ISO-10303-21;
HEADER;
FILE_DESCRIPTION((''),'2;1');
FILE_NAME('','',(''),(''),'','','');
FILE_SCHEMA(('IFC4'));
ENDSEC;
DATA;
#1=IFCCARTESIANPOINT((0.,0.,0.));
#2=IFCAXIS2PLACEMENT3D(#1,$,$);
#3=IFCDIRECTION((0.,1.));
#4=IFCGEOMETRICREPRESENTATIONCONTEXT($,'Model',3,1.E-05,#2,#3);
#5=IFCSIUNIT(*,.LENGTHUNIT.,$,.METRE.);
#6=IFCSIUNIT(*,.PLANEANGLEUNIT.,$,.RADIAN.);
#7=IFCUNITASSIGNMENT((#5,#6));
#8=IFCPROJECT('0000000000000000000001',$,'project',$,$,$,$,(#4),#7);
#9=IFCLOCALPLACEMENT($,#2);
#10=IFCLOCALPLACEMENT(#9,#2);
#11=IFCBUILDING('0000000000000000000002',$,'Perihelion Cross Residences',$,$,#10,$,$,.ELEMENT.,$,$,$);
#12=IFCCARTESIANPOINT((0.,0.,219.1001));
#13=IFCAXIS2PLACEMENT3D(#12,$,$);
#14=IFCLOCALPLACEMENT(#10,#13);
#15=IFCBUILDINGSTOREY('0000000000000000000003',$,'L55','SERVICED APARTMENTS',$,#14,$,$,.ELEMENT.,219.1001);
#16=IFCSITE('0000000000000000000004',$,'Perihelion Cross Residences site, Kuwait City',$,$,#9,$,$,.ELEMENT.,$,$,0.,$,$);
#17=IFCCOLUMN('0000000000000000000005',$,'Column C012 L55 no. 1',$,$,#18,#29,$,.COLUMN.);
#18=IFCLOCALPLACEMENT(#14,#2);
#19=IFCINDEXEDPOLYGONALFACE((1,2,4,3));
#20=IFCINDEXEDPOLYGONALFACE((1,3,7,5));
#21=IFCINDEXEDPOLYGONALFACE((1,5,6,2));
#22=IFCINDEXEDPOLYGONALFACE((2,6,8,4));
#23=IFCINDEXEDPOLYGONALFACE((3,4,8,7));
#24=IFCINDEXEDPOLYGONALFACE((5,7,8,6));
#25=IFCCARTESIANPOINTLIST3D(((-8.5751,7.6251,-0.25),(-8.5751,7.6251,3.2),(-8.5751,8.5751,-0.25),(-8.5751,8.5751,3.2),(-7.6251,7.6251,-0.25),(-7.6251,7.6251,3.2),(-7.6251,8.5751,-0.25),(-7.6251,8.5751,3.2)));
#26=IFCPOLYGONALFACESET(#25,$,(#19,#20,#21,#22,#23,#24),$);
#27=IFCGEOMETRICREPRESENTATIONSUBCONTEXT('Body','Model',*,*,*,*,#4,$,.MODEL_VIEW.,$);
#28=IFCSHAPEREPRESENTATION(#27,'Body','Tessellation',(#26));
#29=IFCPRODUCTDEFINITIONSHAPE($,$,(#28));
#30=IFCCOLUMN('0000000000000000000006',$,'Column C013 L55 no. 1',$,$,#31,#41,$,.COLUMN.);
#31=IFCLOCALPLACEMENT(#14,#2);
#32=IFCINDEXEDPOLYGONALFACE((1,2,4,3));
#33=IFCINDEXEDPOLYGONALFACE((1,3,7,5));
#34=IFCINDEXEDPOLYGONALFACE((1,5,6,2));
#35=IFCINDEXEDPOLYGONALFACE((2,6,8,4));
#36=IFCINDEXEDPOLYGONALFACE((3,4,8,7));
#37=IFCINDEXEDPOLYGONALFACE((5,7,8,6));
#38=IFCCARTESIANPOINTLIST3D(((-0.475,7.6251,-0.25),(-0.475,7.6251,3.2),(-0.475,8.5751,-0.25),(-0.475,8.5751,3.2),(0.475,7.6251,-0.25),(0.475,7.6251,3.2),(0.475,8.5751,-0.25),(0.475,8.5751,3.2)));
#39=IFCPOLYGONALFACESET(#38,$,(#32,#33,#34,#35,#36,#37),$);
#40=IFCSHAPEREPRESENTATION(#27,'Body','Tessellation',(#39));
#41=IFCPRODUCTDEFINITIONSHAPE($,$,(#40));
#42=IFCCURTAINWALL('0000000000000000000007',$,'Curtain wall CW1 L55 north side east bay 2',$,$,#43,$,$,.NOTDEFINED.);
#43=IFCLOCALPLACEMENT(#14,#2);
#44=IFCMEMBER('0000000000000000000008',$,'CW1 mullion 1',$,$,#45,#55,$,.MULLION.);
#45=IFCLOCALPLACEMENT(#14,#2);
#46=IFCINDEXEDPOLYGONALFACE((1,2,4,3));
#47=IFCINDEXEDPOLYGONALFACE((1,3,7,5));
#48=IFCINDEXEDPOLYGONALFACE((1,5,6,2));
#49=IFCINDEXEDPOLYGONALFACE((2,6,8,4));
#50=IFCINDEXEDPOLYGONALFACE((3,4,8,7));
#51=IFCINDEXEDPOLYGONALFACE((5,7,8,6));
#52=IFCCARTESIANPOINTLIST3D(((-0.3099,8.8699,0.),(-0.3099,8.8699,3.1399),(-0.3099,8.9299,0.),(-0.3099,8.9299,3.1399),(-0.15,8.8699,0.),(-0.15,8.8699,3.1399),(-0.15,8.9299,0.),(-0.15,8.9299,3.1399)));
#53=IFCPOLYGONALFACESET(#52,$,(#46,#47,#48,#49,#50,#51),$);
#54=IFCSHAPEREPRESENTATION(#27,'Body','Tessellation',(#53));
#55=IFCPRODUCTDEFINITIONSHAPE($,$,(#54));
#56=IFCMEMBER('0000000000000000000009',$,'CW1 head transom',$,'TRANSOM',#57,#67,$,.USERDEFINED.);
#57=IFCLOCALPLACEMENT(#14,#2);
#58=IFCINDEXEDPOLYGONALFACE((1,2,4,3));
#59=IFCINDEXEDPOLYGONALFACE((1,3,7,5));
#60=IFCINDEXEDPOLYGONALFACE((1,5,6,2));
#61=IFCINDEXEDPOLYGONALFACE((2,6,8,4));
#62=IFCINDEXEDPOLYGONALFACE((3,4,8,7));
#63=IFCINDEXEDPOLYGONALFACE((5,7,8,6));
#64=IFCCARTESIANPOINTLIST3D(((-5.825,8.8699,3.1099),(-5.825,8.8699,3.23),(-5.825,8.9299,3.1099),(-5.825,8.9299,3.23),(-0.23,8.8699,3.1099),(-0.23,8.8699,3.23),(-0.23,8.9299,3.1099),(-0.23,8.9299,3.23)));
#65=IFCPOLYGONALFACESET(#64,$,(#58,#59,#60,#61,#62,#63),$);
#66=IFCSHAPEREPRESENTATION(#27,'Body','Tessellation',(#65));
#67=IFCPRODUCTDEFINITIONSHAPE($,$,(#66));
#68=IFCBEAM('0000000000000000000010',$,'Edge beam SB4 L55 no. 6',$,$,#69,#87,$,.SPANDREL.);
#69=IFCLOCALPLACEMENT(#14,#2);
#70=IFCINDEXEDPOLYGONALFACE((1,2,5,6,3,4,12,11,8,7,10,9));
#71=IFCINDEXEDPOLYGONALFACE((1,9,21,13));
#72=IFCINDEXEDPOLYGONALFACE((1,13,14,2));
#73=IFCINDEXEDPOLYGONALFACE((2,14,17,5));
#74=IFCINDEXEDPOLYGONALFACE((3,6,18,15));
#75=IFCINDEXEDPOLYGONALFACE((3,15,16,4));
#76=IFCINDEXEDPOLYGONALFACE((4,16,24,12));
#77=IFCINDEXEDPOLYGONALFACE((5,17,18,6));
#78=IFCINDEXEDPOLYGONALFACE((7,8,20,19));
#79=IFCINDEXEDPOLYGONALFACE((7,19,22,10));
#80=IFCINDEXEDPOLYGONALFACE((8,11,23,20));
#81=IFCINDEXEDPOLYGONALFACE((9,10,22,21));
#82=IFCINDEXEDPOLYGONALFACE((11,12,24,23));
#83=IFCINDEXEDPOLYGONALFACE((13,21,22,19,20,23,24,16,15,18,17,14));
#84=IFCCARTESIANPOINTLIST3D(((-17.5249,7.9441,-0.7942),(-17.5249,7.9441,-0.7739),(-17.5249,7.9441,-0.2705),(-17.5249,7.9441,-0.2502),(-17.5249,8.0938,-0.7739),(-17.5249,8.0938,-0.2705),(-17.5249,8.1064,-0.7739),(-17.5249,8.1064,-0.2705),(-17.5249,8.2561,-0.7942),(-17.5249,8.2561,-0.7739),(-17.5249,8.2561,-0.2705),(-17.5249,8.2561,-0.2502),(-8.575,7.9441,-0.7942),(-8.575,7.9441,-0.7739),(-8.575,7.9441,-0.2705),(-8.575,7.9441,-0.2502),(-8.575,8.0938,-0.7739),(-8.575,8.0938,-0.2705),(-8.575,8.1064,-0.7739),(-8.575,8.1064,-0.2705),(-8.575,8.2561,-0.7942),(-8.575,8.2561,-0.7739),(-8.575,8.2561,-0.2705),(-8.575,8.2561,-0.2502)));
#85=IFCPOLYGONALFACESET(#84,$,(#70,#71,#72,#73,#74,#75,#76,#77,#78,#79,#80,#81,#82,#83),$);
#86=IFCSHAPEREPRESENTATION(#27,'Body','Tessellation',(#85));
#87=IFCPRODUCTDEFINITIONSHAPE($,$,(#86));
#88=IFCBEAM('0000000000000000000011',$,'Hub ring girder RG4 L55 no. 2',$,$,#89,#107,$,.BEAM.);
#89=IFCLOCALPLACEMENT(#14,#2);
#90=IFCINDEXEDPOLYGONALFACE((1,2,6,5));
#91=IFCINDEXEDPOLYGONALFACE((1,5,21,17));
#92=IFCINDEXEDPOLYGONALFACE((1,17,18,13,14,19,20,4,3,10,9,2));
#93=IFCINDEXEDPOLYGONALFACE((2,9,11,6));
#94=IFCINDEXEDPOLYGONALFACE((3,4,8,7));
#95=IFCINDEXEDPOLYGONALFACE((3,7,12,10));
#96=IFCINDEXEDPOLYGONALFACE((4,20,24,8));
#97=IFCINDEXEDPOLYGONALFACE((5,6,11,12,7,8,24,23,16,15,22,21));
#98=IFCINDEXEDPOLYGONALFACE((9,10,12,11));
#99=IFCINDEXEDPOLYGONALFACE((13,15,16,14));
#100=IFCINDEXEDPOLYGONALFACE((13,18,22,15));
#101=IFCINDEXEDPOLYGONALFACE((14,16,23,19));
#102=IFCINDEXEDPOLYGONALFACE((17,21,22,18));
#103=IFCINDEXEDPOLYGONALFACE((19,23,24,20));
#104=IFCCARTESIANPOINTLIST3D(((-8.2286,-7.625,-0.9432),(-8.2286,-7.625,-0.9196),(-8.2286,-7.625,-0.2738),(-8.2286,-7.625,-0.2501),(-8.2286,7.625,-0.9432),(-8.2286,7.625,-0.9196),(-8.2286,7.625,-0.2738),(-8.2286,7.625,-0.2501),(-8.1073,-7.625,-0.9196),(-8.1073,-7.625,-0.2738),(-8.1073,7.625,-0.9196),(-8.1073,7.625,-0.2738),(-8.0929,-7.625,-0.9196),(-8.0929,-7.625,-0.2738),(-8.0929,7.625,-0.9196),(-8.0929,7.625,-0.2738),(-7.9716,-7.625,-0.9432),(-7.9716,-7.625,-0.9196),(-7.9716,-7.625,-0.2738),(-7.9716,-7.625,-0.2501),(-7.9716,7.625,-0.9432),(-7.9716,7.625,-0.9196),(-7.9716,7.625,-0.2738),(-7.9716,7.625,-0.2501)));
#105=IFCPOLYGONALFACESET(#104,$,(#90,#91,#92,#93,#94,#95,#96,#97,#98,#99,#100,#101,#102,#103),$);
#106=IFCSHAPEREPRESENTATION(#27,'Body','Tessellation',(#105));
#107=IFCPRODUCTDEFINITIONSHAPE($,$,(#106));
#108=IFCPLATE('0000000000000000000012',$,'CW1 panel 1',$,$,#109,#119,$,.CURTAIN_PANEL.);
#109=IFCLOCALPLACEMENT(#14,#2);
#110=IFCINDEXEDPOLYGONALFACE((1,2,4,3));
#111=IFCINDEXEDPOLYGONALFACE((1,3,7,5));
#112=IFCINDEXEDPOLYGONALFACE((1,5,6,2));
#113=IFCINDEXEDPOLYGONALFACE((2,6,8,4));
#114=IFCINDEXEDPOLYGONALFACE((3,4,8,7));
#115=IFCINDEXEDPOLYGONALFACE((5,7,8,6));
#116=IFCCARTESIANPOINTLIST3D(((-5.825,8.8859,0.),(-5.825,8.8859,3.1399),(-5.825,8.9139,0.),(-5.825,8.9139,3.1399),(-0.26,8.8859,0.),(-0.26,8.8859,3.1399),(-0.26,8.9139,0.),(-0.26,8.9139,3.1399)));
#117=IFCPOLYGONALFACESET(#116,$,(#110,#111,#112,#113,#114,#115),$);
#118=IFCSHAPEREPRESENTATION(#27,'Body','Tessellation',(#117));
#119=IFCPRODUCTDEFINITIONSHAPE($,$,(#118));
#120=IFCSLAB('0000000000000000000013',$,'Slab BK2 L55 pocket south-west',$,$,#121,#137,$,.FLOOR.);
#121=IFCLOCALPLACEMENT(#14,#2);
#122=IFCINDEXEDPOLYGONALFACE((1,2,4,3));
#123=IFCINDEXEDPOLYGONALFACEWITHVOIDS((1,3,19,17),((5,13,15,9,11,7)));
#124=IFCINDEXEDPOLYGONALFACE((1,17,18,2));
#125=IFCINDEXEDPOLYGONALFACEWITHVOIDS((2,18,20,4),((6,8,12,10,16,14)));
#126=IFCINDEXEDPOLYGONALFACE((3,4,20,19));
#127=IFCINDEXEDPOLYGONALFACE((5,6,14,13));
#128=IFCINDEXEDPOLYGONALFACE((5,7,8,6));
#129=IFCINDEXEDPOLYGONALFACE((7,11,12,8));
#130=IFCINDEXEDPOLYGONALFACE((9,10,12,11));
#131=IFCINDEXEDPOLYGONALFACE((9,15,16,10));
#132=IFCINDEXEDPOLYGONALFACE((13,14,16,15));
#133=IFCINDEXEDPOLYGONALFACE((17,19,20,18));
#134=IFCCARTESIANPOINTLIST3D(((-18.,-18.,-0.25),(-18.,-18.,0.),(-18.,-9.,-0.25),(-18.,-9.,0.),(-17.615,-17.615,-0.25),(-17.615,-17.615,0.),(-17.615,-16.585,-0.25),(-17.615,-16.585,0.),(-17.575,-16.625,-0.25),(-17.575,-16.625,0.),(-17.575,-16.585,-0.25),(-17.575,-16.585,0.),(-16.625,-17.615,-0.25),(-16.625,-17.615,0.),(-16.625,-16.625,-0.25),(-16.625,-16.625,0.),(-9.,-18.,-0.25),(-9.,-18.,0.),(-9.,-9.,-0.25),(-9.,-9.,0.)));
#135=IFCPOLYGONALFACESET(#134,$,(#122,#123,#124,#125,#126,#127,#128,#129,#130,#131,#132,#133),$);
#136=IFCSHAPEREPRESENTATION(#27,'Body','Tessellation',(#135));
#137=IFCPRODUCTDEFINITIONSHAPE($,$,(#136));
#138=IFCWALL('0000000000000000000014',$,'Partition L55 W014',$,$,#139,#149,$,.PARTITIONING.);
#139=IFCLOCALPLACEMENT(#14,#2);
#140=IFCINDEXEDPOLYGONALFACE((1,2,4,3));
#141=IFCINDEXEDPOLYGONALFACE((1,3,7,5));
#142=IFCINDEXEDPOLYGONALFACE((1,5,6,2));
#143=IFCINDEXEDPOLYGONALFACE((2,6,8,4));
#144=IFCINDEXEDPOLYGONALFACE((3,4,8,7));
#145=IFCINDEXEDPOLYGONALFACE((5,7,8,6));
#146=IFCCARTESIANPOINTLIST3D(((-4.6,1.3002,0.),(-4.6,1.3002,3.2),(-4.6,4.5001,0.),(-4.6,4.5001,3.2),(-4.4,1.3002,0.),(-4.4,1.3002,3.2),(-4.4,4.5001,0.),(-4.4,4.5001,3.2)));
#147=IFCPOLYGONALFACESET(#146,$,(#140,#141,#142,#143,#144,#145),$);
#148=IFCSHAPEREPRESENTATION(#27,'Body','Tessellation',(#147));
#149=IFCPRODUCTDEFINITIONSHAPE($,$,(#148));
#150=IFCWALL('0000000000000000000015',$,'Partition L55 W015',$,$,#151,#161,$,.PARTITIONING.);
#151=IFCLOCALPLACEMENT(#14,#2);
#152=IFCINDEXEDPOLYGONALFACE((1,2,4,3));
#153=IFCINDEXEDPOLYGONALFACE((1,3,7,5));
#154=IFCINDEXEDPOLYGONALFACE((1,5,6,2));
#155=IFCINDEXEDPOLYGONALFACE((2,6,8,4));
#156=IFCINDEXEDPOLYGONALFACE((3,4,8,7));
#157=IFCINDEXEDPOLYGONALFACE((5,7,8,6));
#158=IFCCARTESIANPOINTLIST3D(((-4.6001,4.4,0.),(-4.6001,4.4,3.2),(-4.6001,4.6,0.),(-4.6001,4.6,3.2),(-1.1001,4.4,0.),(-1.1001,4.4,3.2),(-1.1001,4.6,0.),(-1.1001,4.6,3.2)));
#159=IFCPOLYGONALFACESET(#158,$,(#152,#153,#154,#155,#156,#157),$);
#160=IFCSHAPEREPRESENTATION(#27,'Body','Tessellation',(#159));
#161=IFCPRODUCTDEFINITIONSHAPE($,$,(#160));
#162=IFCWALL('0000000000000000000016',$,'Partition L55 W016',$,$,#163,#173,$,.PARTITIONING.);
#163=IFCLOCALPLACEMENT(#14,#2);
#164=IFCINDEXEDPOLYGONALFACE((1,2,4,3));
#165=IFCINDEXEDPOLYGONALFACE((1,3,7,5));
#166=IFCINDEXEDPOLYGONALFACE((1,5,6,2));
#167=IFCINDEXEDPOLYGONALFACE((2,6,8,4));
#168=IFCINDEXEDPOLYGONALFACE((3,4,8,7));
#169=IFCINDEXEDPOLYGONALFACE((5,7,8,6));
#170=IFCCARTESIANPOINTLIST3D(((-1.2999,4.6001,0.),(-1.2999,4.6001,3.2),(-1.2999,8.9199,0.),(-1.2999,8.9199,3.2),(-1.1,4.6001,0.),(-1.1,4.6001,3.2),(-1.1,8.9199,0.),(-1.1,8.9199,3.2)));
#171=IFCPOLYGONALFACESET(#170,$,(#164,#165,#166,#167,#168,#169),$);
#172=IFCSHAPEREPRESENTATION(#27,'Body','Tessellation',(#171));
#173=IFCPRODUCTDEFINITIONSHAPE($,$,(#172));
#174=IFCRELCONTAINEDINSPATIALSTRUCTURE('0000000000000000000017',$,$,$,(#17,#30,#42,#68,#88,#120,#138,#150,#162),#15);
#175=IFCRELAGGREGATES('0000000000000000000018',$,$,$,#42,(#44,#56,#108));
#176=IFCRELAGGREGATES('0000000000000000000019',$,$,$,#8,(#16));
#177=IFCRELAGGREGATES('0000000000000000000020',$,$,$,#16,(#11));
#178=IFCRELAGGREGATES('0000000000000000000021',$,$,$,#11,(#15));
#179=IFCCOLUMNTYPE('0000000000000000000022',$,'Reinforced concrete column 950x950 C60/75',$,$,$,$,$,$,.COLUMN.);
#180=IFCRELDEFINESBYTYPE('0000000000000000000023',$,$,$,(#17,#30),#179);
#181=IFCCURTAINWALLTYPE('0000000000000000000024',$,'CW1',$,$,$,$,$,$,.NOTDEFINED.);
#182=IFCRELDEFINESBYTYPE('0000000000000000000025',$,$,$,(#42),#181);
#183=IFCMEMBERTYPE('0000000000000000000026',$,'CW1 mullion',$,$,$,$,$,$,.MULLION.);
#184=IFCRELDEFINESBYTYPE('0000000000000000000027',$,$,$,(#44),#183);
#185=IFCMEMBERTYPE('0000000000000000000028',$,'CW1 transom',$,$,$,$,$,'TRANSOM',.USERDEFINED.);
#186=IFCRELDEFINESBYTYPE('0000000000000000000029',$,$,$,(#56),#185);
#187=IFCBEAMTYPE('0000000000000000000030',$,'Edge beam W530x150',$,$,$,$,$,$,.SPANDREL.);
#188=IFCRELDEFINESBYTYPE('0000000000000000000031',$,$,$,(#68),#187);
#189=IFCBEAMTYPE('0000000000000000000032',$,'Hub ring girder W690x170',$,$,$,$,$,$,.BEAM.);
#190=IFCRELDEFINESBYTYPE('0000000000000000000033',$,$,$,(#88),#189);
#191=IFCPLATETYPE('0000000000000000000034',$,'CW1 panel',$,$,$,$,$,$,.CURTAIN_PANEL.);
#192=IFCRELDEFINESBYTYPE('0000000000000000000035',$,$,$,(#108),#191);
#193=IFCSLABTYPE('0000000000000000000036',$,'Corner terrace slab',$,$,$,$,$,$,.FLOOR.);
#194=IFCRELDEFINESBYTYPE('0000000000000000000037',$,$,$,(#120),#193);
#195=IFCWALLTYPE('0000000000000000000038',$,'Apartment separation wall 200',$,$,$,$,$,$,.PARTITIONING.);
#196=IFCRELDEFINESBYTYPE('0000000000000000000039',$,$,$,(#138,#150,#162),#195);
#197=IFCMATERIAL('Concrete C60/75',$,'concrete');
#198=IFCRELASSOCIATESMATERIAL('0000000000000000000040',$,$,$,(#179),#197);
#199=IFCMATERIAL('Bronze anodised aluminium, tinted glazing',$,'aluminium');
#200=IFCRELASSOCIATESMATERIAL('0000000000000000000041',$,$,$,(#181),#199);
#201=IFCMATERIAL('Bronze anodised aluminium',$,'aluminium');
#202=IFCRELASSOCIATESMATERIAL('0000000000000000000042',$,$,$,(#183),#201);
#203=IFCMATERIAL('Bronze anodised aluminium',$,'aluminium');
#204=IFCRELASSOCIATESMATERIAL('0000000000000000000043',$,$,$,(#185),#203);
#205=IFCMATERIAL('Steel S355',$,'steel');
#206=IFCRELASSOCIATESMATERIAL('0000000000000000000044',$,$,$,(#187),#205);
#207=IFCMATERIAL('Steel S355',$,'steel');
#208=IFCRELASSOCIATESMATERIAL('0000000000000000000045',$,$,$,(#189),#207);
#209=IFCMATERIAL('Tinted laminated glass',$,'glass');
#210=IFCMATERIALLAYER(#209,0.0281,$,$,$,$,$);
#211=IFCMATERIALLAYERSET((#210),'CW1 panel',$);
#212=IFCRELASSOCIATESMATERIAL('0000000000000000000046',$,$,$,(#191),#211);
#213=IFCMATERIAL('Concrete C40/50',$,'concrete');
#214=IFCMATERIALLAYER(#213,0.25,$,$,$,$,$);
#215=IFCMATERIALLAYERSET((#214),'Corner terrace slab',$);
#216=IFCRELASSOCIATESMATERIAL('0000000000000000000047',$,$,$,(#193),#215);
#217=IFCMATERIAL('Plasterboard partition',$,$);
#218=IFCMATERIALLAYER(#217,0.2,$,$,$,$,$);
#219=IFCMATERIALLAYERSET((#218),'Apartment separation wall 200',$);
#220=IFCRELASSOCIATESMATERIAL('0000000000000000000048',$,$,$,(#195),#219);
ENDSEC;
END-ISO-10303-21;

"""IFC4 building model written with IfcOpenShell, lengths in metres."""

from ifc_helpers import new_model, si_unit, direction, frame, frame_2d, origin, origin_2d, place, context, subcontext, project, spatial, polyline, rectangle, i_section, outline, extrude, material, layer, layer_set, material_profile, profile_set, type_object, element, aggregate, save


model = new_model("IFC4")

# Units and contexts
model_context = context("Model", 3, precision=1e-05, world=origin(), true_north=direction((0.0, 1.0)))
body_context = subcontext(model_context, "Body", "Model", "MODEL_VIEW")
ifc_project = project(units=[si_unit("LENGTHUNIT", "METRE"), si_unit("PLANEANGLEUNIT", "RADIAN")], contexts=[model_context])

# Site, building, storey
site_placement = place(None, origin())
site = spatial("IfcSite", under=ifc_project, at=site_placement, Name="Perihelion Cross Residences site, Kuwait City", CompositionType="ELEMENT", RefElevation=0.0)
building_placement = place(site_placement, origin())
building = spatial("IfcBuilding", under=site, at=building_placement, Name="Perihelion Cross Residences", CompositionType="ELEMENT")
storey_placement = place(building_placement, frame((0.0, 0.0, 219.1001)))
storey = spatial("IfcBuildingStorey", under=building, at=storey_placement, Name="L55", Description="SERVICED APARTMENTS", CompositionType="ELEMENT", Elevation=219.1001)

# Columns
ifc_material_1 = material(Name="Concrete C60/75", Category="concrete")
ifc_material_profile_1 = material_profile(ifc_material_1, rectangle(XDim=0.95, YDim=0.95, at=origin_2d()), Name="RC 950x950")
ifc_profile_set_1 = profile_set([ifc_material_profile_1], Name="Concrete C60/75")
column_type = type_object("IfcColumnType", Name="Reinforced concrete column 950x950 C60/75", PredefinedType="COLUMN", material=ifc_profile_set_1)
for number, where, z_axis, x_axis, name in (
    (1, (-8.1001, 8.1001, -0.25), (0.0, 0.0, 1.0), (1.0, 0.0, 0.0), "Column C012 L55 no. 1"),
    (2, (0.0, 8.1001, -0.25), (0.0, 0.0, 1.0), (1.0, 0.0, 0.0), "Column C013 L55 no. 1"),
):
    element("IfcColumn", number, at=place(storey_placement, frame(where, z_axis=z_axis, x_axis=x_axis)), inside=storey, type_object=column_type, Name=name, PredefinedType="COLUMN", context=body_context, shape_type="SweptSolid", body=[
        extrude(rectangle(XDim=0.95, YDim=0.95, at=origin_2d()), origin(), (0.0, 0.0, 1.0), 3.45),
    ])

# Curtain wall, members
ifc_material_2 = material(Name="Bronze anodised aluminium, tinted glazing", Category="aluminium")
curtain_wall_type = type_object("IfcCurtainWallType", Name="CW1", PredefinedType="NOTDEFINED", material=ifc_material_2)
curtain_wall_placement = place(storey_placement, origin())
curtain_wall = element("IfcCurtainWall", 3, at=curtain_wall_placement, inside=storey, type_object=curtain_wall_type, Name="Curtain wall CW1 L55 north side east bay 2", PredefinedType="NOTDEFINED")
ifc_material_3 = material(Name="Bronze anodised aluminium", Category="aluminium")
ifc_material_profile_2 = material_profile(ifc_material_3, rectangle(XDim=0.0601, YDim=0.1599, at=origin_2d()), Name="CW1 mullion")
ifc_profile_set_2 = profile_set([ifc_material_profile_2], Name="Bronze anodised aluminium")
member_type_1 = type_object("IfcMemberType", Name="CW1 mullion", PredefinedType="MULLION", material=ifc_profile_set_2)
member_1_placement = place(storey_placement, frame((-0.23, 8.8999, 0.0), z_axis=(0.0, 0.0, 1.0), x_axis=(0.0, -1.0, 0.0)))
member_1 = element("IfcMember", 4, at=member_1_placement, type_object=member_type_1, Name="CW1 mullion 1", PredefinedType="MULLION", context=body_context, shape_type="SweptSolid", body=[
    extrude(rectangle(XDim=0.0601, YDim=0.1599, at=origin_2d()), origin(), (0.0, 0.0, 1.0), 3.1399),
])
ifc_material_4 = material(Name="Bronze anodised aluminium", Category="aluminium")
ifc_material_profile_3 = material_profile(ifc_material_4, rectangle(XDim=0.0601, YDim=0.1201, at=origin_2d()), Name="CW1 transom")
ifc_profile_set_3 = profile_set([ifc_material_profile_3], Name="Bronze anodised aluminium")
member_type_2 = type_object("IfcMemberType", Name="CW1 transom", ElementType="TRANSOM", PredefinedType="USERDEFINED", material=ifc_profile_set_3)
member_2_placement = place(storey_placement, frame((-0.23, 8.8999, 3.1699), z_axis=(-1.0, 0.0, 0.0), x_axis=(0.0, -1.0, 0.0)))
member_2 = element("IfcMember", 5, at=member_2_placement, type_object=member_type_2, Name="CW1 head transom", ObjectType="TRANSOM", PredefinedType="USERDEFINED", context=body_context, shape_type="SweptSolid", body=[
    extrude(rectangle(XDim=0.0601, YDim=0.1201, at=origin_2d()), origin(), (0.0, 0.0, 1.0), 5.595),
])

# Beams
ifc_material_5 = material(Name="Steel S355", Category="steel")
ifc_material_profile_4 = material_profile(ifc_material_5, i_section(OverallWidth=0.312, OverallDepth=0.5439, WebThickness=0.0127, FlangeThickness=0.0203, at=origin_2d()), Name="W530x150")
ifc_profile_set_4 = profile_set([ifc_material_profile_4], Name="Steel S355")
beam_type_1 = type_object("IfcBeamType", Name="Edge beam W530x150", PredefinedType="SPANDREL", material=ifc_profile_set_4)
beam_1_placement = place(storey_placement, frame((-8.575, 8.1001, -0.5222), z_axis=(-1.0, 0.0, 0.0), x_axis=(0.0, -1.0, 0.0)))
element("IfcBeam", 6, at=beam_1_placement, inside=storey, type_object=beam_type_1, Name="Edge beam SB4 L55 no. 6", PredefinedType="SPANDREL", context=body_context, shape_type="SweptSolid", body=[
    extrude(i_section(OverallWidth=0.312, OverallDepth=0.5439, WebThickness=0.0127, FlangeThickness=0.0203, at=origin_2d()), origin(), (0.0, 0.0, 1.0), 8.95),
])
ifc_material_6 = material(Name="Steel S355", Category="steel")
ifc_material_profile_5 = material_profile(ifc_material_6, i_section(OverallWidth=0.2571, OverallDepth=0.6931, WebThickness=0.0144, FlangeThickness=0.0237, at=origin_2d()), Name="W690x170")
ifc_profile_set_5 = profile_set([ifc_material_profile_5], Name="Steel S355")
beam_type_2 = type_object("IfcBeamType", Name="Hub ring girder W690x170", PredefinedType="BEAM", material=ifc_profile_set_5)
beam_2_placement = place(storey_placement, frame((-8.1001, 7.625, -0.5967), z_axis=(0.0, -1.0, 0.0), x_axis=(1.0, 0.0, 0.0)))
element("IfcBeam", 7, at=beam_2_placement, inside=storey, type_object=beam_type_2, Name="Hub ring girder RG4 L55 no. 2", PredefinedType="BEAM", context=body_context, shape_type="SweptSolid", body=[
    extrude(i_section(OverallWidth=0.2571, OverallDepth=0.6931, WebThickness=0.0144, FlangeThickness=0.0237, at=origin_2d()), origin(), (0.0, 0.0, 1.0), 15.25),
])

# Plate
ifc_material_7 = material(Name="Tinted laminated glass", Category="glass")
ifc_layer_1 = layer(ifc_material_7, 0.0281)
ifc_layer_set_1 = layer_set([ifc_layer_1], Name="CW1 panel")
plate_type = type_object("IfcPlateType", Name="CW1 panel", PredefinedType="CURTAIN_PANEL", material=ifc_layer_set_1)
plate_placement = place(storey_placement, frame((-3.0425, 8.8999, 0.0), z_axis=(0.0, 0.0, 1.0), x_axis=(-1.0, 0.0, 0.0)))
plate = element("IfcPlate", 8, at=plate_placement, type_object=plate_type, Name="CW1 panel 1", PredefinedType="CURTAIN_PANEL", context=body_context, shape_type="SweptSolid", body=[
    extrude(rectangle(XDim=5.5649, YDim=0.0281, at=origin_2d()), origin(), (0.0, 0.0, 1.0), 3.1399),
])
aggregate(curtain_wall, [member_1, member_2, plate])

# Slab
ifc_material_8 = material(Name="Concrete C40/50", Category="concrete")
ifc_layer_2 = layer(ifc_material_8, 0.25)
ifc_layer_set_2 = layer_set([ifc_layer_2], Name="Corner terrace slab")
slab_type = type_object("IfcSlabType", Name="Corner terrace slab", PredefinedType="FLOOR", material=ifc_layer_set_2)
slab_placement = place(storey_placement, frame((0.0, 0.0, -0.25)))
element("IfcSlab", 9, at=slab_placement, inside=storey, type_object=slab_type, Name="Slab BK2 L55 pocket south-west", PredefinedType="FLOOR", context=body_context, shape_type="SweptSolid", body=[
    extrude(outline(polyline([(-9.0, -18.0), (-9.0, -9.0), (-18.0, -9.0), (-18.0, -18.0), (-9.0, -18.0)]), holes=[polyline([(-16.625, -17.615), (-17.615, -17.615), (-17.615, -16.585), (-17.575, -16.585), (-17.575, -16.625), (-16.625, -16.625), (-16.625, -17.615)])]), origin(), (0.0, 0.0, 1.0), 0.25),
])

# Walls
ifc_material_9 = material(Name="Plasterboard partition")
ifc_layer_3 = layer(ifc_material_9, 0.2)
ifc_layer_set_3 = layer_set([ifc_layer_3], Name="Apartment separation wall 200")
wall_type_1 = type_object("IfcWallType", Name="Apartment separation wall 200", PredefinedType="PARTITIONING", material=ifc_layer_set_3)
wall_1_placement = place(storey_placement, frame((-4.5, 1.3, 0.0), z_axis=(0.0, 0.0, 1.0), x_axis=(0.0, 1.0, 0.0)))
element("IfcWall", 10, at=wall_1_placement, inside=storey, type_object=wall_type_1, Name="Partition L55 W014", PredefinedType="PARTITIONING", context=body_context, shape_type="SweptSolid", body=[
    extrude(rectangle(XDim=3.2, YDim=0.2, at=frame_2d((1.6001, 0.0))), origin(), (0.0, 0.0, 1.0), 3.2),
])
wall_2_placement = place(storey_placement, frame((-4.6001, 4.5, 0.0), z_axis=(0.0, 0.0, 1.0), x_axis=(1.0, 0.0, 0.0)))
element("IfcWall", 11, at=wall_2_placement, inside=storey, type_object=wall_type_1, Name="Partition L55 W015", PredefinedType="PARTITIONING", context=body_context, shape_type="SweptSolid", body=[
    extrude(rectangle(XDim=3.5, YDim=0.2, at=frame_2d((1.75, 0.0))), origin(), (0.0, 0.0, 1.0), 3.2),
])
wall_3_placement = place(storey_placement, frame((-1.2, 4.6001, 0.0), z_axis=(0.0, 0.0, 1.0), x_axis=(0.0, 1.0, 0.0)))
element("IfcWall", 12, at=wall_3_placement, inside=storey, type_object=wall_type_1, Name="Partition L55 W016", PredefinedType="PARTITIONING", context=body_context, shape_type="SweptSolid", body=[
    extrude(rectangle(XDim=4.3198, YDim=0.2, at=frame_2d((2.1599, 0.0))), origin(), (0.0, 0.0, 1.0), 3.2),
])

save(model, "model.ifc")
